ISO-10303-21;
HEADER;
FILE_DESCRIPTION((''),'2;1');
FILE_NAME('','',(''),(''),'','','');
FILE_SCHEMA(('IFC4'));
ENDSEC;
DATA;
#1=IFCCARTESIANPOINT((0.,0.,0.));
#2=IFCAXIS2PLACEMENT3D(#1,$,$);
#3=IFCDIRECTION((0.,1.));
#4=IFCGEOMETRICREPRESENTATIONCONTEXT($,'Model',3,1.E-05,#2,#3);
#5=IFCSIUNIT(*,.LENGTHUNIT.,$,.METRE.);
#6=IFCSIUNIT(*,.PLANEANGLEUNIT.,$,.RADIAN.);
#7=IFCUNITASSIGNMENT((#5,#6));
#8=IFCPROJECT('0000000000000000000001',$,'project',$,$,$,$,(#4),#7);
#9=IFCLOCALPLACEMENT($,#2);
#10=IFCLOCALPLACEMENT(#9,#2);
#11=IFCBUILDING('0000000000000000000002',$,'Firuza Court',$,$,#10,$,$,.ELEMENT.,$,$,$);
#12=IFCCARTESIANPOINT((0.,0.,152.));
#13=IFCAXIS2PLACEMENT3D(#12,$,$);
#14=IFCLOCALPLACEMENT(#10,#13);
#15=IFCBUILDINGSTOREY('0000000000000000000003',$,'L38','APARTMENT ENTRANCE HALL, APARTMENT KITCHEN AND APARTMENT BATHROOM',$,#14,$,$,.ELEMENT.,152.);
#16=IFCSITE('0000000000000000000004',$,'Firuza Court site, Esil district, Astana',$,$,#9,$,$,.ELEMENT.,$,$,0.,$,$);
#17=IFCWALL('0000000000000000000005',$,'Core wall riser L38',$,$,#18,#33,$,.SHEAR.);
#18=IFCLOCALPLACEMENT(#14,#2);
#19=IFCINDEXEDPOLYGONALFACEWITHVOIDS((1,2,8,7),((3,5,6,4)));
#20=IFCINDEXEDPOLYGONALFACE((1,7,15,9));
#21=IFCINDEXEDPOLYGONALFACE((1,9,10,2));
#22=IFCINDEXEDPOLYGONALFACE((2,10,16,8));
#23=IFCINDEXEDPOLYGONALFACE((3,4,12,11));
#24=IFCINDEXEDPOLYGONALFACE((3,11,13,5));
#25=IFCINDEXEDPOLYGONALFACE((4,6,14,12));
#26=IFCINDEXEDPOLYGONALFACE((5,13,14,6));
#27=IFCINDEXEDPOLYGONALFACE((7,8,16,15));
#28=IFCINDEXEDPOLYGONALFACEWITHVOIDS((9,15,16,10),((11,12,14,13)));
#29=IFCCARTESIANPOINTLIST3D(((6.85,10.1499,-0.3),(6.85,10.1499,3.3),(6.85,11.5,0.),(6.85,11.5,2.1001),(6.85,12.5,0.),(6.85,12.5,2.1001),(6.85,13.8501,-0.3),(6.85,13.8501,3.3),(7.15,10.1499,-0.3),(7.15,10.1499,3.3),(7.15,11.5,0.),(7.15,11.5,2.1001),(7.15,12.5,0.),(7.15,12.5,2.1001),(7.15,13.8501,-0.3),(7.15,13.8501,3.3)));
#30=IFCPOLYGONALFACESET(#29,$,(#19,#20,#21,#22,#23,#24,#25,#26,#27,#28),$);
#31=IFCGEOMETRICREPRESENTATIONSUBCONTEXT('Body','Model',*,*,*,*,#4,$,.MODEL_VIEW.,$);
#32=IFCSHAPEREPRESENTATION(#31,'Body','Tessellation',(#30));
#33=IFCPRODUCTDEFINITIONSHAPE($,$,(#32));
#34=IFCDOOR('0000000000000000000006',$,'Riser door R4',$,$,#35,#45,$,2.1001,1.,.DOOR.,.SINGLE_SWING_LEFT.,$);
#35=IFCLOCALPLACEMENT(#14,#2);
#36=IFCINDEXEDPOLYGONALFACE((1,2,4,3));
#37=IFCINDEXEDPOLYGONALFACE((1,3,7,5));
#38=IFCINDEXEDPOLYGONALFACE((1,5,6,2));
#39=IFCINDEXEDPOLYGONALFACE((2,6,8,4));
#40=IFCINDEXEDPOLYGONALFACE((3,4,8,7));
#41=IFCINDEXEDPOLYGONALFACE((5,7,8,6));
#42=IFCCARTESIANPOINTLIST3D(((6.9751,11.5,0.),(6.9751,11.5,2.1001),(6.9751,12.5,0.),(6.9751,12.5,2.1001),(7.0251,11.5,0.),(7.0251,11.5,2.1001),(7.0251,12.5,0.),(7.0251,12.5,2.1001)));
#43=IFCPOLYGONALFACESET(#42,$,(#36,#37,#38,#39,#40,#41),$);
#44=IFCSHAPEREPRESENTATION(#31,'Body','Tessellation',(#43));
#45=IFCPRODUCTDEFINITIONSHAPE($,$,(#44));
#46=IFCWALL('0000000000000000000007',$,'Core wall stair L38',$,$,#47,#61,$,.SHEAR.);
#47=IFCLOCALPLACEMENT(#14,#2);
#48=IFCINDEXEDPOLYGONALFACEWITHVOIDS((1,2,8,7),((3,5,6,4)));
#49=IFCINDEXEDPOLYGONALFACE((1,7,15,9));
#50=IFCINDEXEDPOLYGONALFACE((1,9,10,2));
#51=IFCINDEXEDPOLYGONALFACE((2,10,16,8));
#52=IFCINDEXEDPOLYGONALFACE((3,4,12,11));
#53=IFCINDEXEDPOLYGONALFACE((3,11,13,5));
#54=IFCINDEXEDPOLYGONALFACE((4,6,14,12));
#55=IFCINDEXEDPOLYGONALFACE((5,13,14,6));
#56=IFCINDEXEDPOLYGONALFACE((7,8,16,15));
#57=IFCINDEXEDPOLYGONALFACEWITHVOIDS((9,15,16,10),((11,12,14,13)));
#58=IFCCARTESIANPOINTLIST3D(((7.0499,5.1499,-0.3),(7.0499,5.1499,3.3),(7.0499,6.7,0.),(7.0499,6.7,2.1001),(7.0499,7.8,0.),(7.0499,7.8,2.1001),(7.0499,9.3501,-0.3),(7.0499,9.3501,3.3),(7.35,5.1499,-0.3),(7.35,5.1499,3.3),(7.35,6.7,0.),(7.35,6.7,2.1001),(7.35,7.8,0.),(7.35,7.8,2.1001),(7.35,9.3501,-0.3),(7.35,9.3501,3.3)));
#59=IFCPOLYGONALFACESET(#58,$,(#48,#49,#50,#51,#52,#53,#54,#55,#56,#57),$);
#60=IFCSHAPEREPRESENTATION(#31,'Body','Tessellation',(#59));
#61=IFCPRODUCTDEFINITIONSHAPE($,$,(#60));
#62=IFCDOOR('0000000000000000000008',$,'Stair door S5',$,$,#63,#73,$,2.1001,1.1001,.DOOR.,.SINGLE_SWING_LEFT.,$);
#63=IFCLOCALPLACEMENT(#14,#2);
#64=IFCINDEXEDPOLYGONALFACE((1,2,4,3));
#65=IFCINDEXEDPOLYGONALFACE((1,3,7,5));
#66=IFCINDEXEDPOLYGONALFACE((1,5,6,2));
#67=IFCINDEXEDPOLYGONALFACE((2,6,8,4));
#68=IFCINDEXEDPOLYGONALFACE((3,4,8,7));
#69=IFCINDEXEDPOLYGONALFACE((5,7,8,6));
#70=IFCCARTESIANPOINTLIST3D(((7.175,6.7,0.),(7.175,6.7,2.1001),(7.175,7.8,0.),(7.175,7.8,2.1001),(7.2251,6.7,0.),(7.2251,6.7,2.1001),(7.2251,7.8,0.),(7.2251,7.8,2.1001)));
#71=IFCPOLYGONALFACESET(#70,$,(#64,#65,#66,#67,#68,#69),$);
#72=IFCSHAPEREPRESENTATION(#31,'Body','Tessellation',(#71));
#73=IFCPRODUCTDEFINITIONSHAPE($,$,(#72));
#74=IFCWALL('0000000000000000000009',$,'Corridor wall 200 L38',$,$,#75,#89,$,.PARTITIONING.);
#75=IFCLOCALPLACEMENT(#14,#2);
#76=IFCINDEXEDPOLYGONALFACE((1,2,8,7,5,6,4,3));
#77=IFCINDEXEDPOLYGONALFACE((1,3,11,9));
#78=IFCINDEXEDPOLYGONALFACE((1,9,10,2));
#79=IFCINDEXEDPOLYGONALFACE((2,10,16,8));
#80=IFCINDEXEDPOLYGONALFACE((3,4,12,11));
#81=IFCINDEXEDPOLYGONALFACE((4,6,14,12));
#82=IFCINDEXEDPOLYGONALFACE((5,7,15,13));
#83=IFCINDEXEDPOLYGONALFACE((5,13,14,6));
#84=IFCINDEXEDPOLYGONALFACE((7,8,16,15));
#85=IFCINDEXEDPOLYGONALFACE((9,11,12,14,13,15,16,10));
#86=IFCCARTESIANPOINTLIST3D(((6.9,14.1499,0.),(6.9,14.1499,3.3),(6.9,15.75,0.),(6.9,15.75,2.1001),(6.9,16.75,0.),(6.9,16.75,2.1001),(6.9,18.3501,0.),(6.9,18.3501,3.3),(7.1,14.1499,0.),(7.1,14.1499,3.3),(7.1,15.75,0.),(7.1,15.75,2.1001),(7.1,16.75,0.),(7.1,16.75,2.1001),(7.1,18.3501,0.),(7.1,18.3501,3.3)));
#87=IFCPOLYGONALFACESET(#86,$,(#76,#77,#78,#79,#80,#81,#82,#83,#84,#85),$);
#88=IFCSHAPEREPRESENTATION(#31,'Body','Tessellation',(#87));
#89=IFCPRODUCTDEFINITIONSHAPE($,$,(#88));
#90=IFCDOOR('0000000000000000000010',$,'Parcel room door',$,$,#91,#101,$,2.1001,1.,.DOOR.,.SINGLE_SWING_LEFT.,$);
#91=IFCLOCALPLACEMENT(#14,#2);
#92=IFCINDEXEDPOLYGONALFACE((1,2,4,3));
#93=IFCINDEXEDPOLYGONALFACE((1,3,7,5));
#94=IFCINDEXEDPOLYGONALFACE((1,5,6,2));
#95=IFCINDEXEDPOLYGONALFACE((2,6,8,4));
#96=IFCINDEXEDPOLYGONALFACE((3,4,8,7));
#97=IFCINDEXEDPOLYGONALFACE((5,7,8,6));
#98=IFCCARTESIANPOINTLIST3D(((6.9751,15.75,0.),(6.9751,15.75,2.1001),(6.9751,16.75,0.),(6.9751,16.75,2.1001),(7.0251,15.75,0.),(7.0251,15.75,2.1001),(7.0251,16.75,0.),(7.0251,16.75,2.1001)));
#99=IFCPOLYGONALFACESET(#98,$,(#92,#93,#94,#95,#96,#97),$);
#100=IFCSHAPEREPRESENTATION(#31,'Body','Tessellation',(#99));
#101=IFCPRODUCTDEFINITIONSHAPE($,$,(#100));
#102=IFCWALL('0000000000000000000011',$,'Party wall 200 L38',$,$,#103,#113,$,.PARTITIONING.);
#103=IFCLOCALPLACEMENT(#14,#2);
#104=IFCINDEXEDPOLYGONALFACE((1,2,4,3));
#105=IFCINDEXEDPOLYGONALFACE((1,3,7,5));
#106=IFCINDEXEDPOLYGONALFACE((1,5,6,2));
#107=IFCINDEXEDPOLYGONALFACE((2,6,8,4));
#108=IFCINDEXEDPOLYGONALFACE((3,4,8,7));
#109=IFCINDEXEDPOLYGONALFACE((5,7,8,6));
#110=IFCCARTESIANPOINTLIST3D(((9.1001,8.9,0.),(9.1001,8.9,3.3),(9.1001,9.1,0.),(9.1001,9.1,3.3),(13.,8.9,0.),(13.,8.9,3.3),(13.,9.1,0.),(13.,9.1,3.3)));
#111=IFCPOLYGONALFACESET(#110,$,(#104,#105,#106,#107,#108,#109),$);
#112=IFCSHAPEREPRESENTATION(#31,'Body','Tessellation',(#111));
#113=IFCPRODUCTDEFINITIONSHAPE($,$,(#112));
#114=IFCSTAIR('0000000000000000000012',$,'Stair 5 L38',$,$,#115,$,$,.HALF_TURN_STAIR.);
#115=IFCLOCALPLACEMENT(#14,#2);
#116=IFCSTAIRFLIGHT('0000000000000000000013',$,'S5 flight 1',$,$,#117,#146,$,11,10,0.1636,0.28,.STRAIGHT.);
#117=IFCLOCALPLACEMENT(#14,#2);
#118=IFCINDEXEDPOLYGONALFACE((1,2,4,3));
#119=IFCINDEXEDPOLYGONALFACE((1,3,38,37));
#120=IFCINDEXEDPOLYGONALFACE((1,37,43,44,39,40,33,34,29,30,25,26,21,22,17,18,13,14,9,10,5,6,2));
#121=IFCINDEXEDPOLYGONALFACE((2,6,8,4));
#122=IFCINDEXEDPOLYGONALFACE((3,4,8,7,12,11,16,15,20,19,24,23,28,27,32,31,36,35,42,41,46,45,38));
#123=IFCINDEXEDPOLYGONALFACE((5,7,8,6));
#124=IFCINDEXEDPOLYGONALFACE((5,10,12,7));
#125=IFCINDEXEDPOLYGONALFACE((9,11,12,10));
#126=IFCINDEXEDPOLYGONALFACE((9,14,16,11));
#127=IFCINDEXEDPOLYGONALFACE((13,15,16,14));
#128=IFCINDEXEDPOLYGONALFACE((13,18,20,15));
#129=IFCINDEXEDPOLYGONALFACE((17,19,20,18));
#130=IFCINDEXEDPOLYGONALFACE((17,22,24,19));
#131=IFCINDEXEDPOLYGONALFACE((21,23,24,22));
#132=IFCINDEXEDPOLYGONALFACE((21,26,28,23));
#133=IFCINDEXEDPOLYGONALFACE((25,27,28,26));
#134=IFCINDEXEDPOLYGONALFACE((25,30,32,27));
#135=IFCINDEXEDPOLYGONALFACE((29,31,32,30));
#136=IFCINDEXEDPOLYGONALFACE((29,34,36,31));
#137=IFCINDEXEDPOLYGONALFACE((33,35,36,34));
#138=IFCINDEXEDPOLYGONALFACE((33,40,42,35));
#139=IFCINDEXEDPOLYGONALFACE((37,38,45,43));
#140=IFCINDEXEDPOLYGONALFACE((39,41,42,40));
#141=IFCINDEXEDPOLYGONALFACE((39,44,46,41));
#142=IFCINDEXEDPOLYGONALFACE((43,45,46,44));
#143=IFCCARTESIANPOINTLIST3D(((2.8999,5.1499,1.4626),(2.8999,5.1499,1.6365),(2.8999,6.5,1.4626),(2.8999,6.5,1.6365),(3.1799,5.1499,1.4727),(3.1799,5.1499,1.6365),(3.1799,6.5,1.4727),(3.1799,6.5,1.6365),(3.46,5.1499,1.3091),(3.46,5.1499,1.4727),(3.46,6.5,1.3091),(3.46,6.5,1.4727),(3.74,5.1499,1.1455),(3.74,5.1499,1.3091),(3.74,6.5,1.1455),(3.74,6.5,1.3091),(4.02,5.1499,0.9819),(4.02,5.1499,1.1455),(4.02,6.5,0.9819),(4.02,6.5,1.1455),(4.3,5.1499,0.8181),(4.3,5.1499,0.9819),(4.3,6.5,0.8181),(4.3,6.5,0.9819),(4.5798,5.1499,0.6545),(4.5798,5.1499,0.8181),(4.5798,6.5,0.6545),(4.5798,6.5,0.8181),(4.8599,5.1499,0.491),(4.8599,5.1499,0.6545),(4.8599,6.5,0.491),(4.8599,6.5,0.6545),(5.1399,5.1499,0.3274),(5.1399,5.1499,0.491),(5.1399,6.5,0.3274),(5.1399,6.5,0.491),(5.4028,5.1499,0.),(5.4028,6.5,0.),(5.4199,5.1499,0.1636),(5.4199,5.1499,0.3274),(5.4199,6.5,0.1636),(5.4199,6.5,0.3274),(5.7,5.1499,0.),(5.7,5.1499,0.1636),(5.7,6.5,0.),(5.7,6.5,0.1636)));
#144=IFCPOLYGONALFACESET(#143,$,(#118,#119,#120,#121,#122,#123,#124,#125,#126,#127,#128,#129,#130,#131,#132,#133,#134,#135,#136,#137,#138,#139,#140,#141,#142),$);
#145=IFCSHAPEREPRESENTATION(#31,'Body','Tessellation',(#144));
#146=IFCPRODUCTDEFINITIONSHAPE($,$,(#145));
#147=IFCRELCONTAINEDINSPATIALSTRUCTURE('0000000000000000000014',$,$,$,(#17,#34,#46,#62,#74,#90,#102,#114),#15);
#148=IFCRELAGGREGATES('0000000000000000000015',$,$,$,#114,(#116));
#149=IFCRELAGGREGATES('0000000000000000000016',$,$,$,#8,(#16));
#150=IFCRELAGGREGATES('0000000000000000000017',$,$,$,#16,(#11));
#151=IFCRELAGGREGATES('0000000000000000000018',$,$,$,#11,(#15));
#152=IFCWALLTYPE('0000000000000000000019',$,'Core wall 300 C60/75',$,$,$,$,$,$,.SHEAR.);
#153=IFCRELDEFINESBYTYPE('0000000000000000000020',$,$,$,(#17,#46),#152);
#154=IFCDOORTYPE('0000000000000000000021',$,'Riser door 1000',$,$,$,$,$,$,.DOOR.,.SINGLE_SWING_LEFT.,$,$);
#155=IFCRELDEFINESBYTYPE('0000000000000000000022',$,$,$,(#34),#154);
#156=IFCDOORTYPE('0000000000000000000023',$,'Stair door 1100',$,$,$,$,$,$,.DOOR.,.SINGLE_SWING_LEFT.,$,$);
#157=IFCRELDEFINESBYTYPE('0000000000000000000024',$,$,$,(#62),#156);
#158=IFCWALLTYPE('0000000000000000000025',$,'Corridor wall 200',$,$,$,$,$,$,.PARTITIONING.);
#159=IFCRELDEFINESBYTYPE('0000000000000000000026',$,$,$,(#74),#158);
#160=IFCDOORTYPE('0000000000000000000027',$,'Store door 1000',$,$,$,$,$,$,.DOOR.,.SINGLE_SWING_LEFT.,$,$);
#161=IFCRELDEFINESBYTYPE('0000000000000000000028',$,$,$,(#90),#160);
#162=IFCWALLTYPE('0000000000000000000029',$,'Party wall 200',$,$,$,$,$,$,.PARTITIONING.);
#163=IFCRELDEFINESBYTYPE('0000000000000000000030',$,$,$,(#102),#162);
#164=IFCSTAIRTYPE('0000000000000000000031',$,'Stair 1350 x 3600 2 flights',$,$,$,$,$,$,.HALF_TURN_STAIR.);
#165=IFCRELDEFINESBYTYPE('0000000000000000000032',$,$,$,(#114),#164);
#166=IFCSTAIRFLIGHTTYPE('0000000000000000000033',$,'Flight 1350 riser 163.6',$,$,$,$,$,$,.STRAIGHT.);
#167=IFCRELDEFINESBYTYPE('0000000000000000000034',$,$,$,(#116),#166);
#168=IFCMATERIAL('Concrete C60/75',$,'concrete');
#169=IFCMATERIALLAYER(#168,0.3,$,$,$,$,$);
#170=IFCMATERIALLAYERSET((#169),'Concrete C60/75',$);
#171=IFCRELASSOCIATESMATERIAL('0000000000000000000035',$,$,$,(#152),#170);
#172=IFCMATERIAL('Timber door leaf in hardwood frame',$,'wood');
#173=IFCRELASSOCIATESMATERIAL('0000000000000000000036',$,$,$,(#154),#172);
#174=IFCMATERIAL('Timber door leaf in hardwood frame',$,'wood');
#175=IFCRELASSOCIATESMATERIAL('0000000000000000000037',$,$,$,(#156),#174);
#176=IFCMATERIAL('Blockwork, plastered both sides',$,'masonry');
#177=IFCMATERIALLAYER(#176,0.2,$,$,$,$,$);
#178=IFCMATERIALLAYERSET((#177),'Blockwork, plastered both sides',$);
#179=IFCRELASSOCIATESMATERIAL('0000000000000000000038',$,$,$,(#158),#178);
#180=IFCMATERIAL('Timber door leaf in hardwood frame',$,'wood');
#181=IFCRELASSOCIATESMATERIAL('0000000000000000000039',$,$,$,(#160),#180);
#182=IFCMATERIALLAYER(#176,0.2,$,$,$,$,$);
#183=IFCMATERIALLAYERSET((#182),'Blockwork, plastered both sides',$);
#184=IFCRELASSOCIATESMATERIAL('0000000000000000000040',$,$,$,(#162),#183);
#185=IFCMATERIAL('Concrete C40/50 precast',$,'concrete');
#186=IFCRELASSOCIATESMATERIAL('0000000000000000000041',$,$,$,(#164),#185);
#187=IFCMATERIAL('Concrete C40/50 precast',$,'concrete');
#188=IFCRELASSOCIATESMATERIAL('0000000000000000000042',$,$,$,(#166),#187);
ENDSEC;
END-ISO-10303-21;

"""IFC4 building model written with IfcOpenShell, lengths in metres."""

from ifc_helpers import new_model, si_unit, direction, frame, frame_2d, origin, place, context, subcontext, project, spatial, polyline, rectangle, outline, extrude, material, layer, layer_set, type_object, element, fill, aggregate, save


model = new_model("IFC4")

# Units and contexts
model_context = context("Model", 3, precision=1e-05, world=origin(), true_north=direction((0.0, 1.0)))
body_context = subcontext(model_context, "Body", "Model", "MODEL_VIEW")
ifc_project = project(units=[si_unit("LENGTHUNIT", "METRE"), si_unit("PLANEANGLEUNIT", "RADIAN")], contexts=[model_context])

# Site, building, storey
site_placement = place(None, origin())
site = spatial("IfcSite", under=ifc_project, at=site_placement, Name="Firuza Court site, Esil district, Astana", CompositionType="ELEMENT", RefElevation=0.0)
building_placement = place(site_placement, origin())
building = spatial("IfcBuilding", under=site, at=building_placement, Name="Firuza Court", CompositionType="ELEMENT")
storey_placement = place(building_placement, frame((0.0, 0.0, 152.0)))
storey = spatial("IfcBuildingStorey", under=building, at=storey_placement, Name="L38", Description="APARTMENT ENTRANCE HALL, APARTMENT KITCHEN AND APARTMENT BATHROOM", CompositionType="ELEMENT", Elevation=152.0)

# Shared definitions
ifc_material_1 = material(Name="Concrete C60/75", Category="concrete")
ifc_layer_1 = layer(ifc_material_1, 0.3)
ifc_layer_set_1 = layer_set([ifc_layer_1], Name="Concrete C60/75")
wall_type_1 = type_object("IfcWallType", Name="Core wall 300 C60/75", PredefinedType="SHEAR", material=ifc_layer_set_1)

# Walls, openings, doors
wall_1_placement = place(storey_placement, frame((7.0, 10.1499, -0.3), z_axis=(0.0, 0.0, 1.0), x_axis=(0.0, 1.0, 0.0)))
wall_1 = element("IfcWall", 1, at=wall_1_placement, inside=storey, type_object=wall_type_1, Name="Core wall riser L38", PredefinedType="SHEAR", context=body_context, shape_type="SweptSolid", body=[
    extrude(rectangle(XDim=3.7002, YDim=0.3, at=frame_2d((1.8501, 0.0))), origin(), (0.0, 0.0, 1.0), 3.6001),
])
opening_1_placement = place(wall_1_placement, frame((1.3501, 0.0, 0.3)))
opening_1 = element("IfcOpeningElement", 2, at=opening_1_placement, cuts=wall_1, PredefinedType="OPENING", context=body_context, shape_type="SweptSolid", body=[
    extrude(rectangle(XDim=1.0, YDim=2.1001, at=frame_2d((0.5, 1.05))), frame((0.0, 0.1621, 0.0), z_axis=(0.0, -1.0, 0.0), x_axis=(1.0, 0.0, 0.0)), (0.0, 0.0, 1.0), 0.324),
])
ifc_material_2 = material(Name="Timber door leaf in hardwood frame", Category="wood")
door_type_1 = type_object("IfcDoorType", Name="Riser door 1000", OperationType="SINGLE_SWING_LEFT", PredefinedType="DOOR", material=ifc_material_2)
door_1_placement = place(opening_1_placement, origin())
door_1 = element("IfcDoor", 3, at=door_1_placement, inside=storey, type_object=door_type_1, Name="Riser door R4", OperationType="SINGLE_SWING_LEFT", OverallHeight=2.1001, OverallWidth=1.0, PredefinedType="DOOR", context=body_context, shape_type="SweptSolid", body=[
    extrude(rectangle(XDim=1.0, YDim=2.1001, at=frame_2d((0.5, 1.05))), frame((0.0, 0.0249, 0.0), z_axis=(0.0, -1.0, 0.0), x_axis=(1.0, 0.0, 0.0)), (0.0, 0.0, 1.0), 0.05),
])
fill(opening_1, door_1)
wall_2_placement = place(storey_placement, frame((7.2, 5.1499, -0.3), z_axis=(0.0, 0.0, 1.0), x_axis=(0.0, 1.0, 0.0)))
wall_2 = element("IfcWall", 4, at=wall_2_placement, inside=storey, type_object=wall_type_1, Name="Core wall stair L38", PredefinedType="SHEAR", context=body_context, shape_type="SweptSolid", body=[
    extrude(rectangle(XDim=4.2002, YDim=0.3, at=frame_2d((2.1001, 0.0))), origin(), (0.0, 0.0, 1.0), 3.6001),
])
opening_2_placement = place(wall_2_placement, frame((1.55, 0.0, 0.3)))
opening_2 = element("IfcOpeningElement", 5, at=opening_2_placement, cuts=wall_2, PredefinedType="OPENING", context=body_context, shape_type="SweptSolid", body=[
    extrude(rectangle(XDim=1.1001, YDim=2.1001, at=frame_2d((0.55, 1.05))), frame((0.0, 0.1621, 0.0), z_axis=(0.0, -1.0, 0.0), x_axis=(1.0, 0.0, 0.0)), (0.0, 0.0, 1.0), 0.324),
])
ifc_material_3 = material(Name="Timber door leaf in hardwood frame", Category="wood")
door_type_2 = type_object("IfcDoorType", Name="Stair door 1100", OperationType="SINGLE_SWING_LEFT", PredefinedType="DOOR", material=ifc_material_3)
door_2_placement = place(opening_2_placement, origin())
door_2 = element("IfcDoor", 6, at=door_2_placement, inside=storey, type_object=door_type_2, Name="Stair door S5", OperationType="SINGLE_SWING_LEFT", OverallHeight=2.1001, OverallWidth=1.1001, PredefinedType="DOOR", context=body_context, shape_type="SweptSolid", body=[
    extrude(rectangle(XDim=1.1001, YDim=2.1001, at=frame_2d((0.55, 1.05))), frame((0.0, 0.0249, 0.0), z_axis=(0.0, -1.0, 0.0), x_axis=(1.0, 0.0, 0.0)), (0.0, 0.0, 1.0), 0.05),
])
fill(opening_2, door_2)
ifc_material_4 = material(Name="Blockwork, plastered both sides", Category="masonry")
ifc_layer_2 = layer(ifc_material_4, 0.2)
ifc_layer_set_2 = layer_set([ifc_layer_2], Name="Blockwork, plastered both sides")
wall_type_2 = type_object("IfcWallType", Name="Corridor wall 200", PredefinedType="PARTITIONING", material=ifc_layer_set_2)
wall_3_placement = place(storey_placement, frame((7.0, 14.1499, 0.0), z_axis=(0.0, 0.0, 1.0), x_axis=(0.0, 1.0, 0.0)))
wall_3 = element("IfcWall", 7, at=wall_3_placement, inside=storey, type_object=wall_type_2, Name="Corridor wall 200 L38", PredefinedType="PARTITIONING", context=body_context, shape_type="SweptSolid", body=[
    extrude(rectangle(XDim=4.2002, YDim=0.2, at=frame_2d((2.1001, 0.0))), origin(), (0.0, 0.0, 1.0), 3.3),
])
opening_3_placement = place(wall_3_placement, frame((1.6001, 0.0, 0.0)))
opening_3 = element("IfcOpeningElement", 8, at=opening_3_placement, cuts=wall_3, PredefinedType="OPENING", context=body_context, shape_type="SweptSolid", body=[
    extrude(rectangle(XDim=1.0, YDim=2.1001, at=frame_2d((0.5, 1.05))), frame((0.0, 0.1118, 0.0), z_axis=(0.0, -1.0, 0.0), x_axis=(1.0, 0.0, 0.0)), (0.0, 0.0, 1.0), 0.2239),
])
ifc_material_5 = material(Name="Timber door leaf in hardwood frame", Category="wood")
door_type_3 = type_object("IfcDoorType", Name="Store door 1000", OperationType="SINGLE_SWING_LEFT", PredefinedType="DOOR", material=ifc_material_5)
door_3_placement = place(opening_3_placement, origin())
door_3 = element("IfcDoor", 9, at=door_3_placement, inside=storey, type_object=door_type_3, Name="Parcel room door", OperationType="SINGLE_SWING_LEFT", OverallHeight=2.1001, OverallWidth=1.0, PredefinedType="DOOR", context=body_context, shape_type="SweptSolid", body=[
    extrude(rectangle(XDim=1.0, YDim=2.1001, at=frame_2d((0.5, 1.05))), frame((0.0, 0.0249, 0.0), z_axis=(0.0, -1.0, 0.0), x_axis=(1.0, 0.0, 0.0)), (0.0, 0.0, 1.0), 0.05),
])
fill(opening_3, door_3)

# Wall
ifc_layer_3 = layer(ifc_material_4, 0.2)
ifc_layer_set_3 = layer_set([ifc_layer_3], Name="Blockwork, plastered both sides")
wall_type_3 = type_object("IfcWallType", Name="Party wall 200", PredefinedType="PARTITIONING", material=ifc_layer_set_3)
wall_4_placement = place(storey_placement, frame((9.1001, 9.0, 0.0), z_axis=(0.0, 0.0, 1.0), x_axis=(1.0, 0.0, 0.0)))
element("IfcWall", 10, at=wall_4_placement, inside=storey, type_object=wall_type_3, Name="Party wall 200 L38", PredefinedType="PARTITIONING", context=body_context, shape_type="SweptSolid", body=[
    extrude(rectangle(XDim=3.8999, YDim=0.2, at=frame_2d((1.95, 0.0))), origin(), (0.0, 0.0, 1.0), 3.3),
])

# Stair, stair flight
ifc_material_6 = material(Name="Concrete C40/50 precast", Category="concrete")
stair_type = type_object("IfcStairType", Name="Stair 1350 x 3600 2 flights", PredefinedType="HALF_TURN_STAIR", material=ifc_material_6)
stair_placement = place(storey_placement, origin())
stair = element("IfcStair", 11, at=stair_placement, inside=storey, type_object=stair_type, Name="Stair 5 L38", PredefinedType="HALF_TURN_STAIR")
ifc_material_7 = material(Name="Concrete C40/50 precast", Category="concrete")
stair_flight_type = type_object("IfcStairFlightType", Name="Flight 1350 riser 163.6", PredefinedType="STRAIGHT", material=ifc_material_7)
stair_flight_1_placement = place(storey_placement, frame((5.7, 5.825, 0.0), z_axis=(0.0, 0.0, 1.0), x_axis=(-1.0, 0.0, 0.0)))
stair_flight_1 = element("IfcStairFlight", 12, at=stair_flight_1_placement, type_object=stair_flight_type, Name="S5 flight 1", NumberOfRisers=11, NumberOfTreads=10, PredefinedType="STRAIGHT", RiserHeight=0.1636, TreadLength=0.28, context=body_context, shape_type="SweptSolid", body=[
    extrude(outline(polyline([(0.0, 0.0), (0.0, 0.1636), (0.28, 0.1636), (0.28, 0.3274), (0.5601, 0.3274), (0.5601, 0.491), (0.8401, 0.491), (0.8401, 0.6545), (1.1201, 0.6545), (1.1201, 0.8181), (1.3999, 0.8181), (1.3999, 0.9819), (1.6799, 0.9819), (1.6799, 1.1455), (1.96, 1.1455), (1.96, 1.3091), (2.24, 1.3091), (2.24, 1.4727), (2.52, 1.4727), (2.52, 1.6365), (2.8, 1.6365), (2.8, 1.8), (2.8, 1.4626), (0.2971, 0.0), (0.0, 0.0)])), frame((0.0, 0.675, 0.0), z_axis=(0.0, -1.0, 0.0), x_axis=(1.0, 0.0, 0.0)), (0.0, 0.0, 1.0), 1.3501),
])
aggregate(stair, [stair_flight_1])

save(model, "model.ifc")
